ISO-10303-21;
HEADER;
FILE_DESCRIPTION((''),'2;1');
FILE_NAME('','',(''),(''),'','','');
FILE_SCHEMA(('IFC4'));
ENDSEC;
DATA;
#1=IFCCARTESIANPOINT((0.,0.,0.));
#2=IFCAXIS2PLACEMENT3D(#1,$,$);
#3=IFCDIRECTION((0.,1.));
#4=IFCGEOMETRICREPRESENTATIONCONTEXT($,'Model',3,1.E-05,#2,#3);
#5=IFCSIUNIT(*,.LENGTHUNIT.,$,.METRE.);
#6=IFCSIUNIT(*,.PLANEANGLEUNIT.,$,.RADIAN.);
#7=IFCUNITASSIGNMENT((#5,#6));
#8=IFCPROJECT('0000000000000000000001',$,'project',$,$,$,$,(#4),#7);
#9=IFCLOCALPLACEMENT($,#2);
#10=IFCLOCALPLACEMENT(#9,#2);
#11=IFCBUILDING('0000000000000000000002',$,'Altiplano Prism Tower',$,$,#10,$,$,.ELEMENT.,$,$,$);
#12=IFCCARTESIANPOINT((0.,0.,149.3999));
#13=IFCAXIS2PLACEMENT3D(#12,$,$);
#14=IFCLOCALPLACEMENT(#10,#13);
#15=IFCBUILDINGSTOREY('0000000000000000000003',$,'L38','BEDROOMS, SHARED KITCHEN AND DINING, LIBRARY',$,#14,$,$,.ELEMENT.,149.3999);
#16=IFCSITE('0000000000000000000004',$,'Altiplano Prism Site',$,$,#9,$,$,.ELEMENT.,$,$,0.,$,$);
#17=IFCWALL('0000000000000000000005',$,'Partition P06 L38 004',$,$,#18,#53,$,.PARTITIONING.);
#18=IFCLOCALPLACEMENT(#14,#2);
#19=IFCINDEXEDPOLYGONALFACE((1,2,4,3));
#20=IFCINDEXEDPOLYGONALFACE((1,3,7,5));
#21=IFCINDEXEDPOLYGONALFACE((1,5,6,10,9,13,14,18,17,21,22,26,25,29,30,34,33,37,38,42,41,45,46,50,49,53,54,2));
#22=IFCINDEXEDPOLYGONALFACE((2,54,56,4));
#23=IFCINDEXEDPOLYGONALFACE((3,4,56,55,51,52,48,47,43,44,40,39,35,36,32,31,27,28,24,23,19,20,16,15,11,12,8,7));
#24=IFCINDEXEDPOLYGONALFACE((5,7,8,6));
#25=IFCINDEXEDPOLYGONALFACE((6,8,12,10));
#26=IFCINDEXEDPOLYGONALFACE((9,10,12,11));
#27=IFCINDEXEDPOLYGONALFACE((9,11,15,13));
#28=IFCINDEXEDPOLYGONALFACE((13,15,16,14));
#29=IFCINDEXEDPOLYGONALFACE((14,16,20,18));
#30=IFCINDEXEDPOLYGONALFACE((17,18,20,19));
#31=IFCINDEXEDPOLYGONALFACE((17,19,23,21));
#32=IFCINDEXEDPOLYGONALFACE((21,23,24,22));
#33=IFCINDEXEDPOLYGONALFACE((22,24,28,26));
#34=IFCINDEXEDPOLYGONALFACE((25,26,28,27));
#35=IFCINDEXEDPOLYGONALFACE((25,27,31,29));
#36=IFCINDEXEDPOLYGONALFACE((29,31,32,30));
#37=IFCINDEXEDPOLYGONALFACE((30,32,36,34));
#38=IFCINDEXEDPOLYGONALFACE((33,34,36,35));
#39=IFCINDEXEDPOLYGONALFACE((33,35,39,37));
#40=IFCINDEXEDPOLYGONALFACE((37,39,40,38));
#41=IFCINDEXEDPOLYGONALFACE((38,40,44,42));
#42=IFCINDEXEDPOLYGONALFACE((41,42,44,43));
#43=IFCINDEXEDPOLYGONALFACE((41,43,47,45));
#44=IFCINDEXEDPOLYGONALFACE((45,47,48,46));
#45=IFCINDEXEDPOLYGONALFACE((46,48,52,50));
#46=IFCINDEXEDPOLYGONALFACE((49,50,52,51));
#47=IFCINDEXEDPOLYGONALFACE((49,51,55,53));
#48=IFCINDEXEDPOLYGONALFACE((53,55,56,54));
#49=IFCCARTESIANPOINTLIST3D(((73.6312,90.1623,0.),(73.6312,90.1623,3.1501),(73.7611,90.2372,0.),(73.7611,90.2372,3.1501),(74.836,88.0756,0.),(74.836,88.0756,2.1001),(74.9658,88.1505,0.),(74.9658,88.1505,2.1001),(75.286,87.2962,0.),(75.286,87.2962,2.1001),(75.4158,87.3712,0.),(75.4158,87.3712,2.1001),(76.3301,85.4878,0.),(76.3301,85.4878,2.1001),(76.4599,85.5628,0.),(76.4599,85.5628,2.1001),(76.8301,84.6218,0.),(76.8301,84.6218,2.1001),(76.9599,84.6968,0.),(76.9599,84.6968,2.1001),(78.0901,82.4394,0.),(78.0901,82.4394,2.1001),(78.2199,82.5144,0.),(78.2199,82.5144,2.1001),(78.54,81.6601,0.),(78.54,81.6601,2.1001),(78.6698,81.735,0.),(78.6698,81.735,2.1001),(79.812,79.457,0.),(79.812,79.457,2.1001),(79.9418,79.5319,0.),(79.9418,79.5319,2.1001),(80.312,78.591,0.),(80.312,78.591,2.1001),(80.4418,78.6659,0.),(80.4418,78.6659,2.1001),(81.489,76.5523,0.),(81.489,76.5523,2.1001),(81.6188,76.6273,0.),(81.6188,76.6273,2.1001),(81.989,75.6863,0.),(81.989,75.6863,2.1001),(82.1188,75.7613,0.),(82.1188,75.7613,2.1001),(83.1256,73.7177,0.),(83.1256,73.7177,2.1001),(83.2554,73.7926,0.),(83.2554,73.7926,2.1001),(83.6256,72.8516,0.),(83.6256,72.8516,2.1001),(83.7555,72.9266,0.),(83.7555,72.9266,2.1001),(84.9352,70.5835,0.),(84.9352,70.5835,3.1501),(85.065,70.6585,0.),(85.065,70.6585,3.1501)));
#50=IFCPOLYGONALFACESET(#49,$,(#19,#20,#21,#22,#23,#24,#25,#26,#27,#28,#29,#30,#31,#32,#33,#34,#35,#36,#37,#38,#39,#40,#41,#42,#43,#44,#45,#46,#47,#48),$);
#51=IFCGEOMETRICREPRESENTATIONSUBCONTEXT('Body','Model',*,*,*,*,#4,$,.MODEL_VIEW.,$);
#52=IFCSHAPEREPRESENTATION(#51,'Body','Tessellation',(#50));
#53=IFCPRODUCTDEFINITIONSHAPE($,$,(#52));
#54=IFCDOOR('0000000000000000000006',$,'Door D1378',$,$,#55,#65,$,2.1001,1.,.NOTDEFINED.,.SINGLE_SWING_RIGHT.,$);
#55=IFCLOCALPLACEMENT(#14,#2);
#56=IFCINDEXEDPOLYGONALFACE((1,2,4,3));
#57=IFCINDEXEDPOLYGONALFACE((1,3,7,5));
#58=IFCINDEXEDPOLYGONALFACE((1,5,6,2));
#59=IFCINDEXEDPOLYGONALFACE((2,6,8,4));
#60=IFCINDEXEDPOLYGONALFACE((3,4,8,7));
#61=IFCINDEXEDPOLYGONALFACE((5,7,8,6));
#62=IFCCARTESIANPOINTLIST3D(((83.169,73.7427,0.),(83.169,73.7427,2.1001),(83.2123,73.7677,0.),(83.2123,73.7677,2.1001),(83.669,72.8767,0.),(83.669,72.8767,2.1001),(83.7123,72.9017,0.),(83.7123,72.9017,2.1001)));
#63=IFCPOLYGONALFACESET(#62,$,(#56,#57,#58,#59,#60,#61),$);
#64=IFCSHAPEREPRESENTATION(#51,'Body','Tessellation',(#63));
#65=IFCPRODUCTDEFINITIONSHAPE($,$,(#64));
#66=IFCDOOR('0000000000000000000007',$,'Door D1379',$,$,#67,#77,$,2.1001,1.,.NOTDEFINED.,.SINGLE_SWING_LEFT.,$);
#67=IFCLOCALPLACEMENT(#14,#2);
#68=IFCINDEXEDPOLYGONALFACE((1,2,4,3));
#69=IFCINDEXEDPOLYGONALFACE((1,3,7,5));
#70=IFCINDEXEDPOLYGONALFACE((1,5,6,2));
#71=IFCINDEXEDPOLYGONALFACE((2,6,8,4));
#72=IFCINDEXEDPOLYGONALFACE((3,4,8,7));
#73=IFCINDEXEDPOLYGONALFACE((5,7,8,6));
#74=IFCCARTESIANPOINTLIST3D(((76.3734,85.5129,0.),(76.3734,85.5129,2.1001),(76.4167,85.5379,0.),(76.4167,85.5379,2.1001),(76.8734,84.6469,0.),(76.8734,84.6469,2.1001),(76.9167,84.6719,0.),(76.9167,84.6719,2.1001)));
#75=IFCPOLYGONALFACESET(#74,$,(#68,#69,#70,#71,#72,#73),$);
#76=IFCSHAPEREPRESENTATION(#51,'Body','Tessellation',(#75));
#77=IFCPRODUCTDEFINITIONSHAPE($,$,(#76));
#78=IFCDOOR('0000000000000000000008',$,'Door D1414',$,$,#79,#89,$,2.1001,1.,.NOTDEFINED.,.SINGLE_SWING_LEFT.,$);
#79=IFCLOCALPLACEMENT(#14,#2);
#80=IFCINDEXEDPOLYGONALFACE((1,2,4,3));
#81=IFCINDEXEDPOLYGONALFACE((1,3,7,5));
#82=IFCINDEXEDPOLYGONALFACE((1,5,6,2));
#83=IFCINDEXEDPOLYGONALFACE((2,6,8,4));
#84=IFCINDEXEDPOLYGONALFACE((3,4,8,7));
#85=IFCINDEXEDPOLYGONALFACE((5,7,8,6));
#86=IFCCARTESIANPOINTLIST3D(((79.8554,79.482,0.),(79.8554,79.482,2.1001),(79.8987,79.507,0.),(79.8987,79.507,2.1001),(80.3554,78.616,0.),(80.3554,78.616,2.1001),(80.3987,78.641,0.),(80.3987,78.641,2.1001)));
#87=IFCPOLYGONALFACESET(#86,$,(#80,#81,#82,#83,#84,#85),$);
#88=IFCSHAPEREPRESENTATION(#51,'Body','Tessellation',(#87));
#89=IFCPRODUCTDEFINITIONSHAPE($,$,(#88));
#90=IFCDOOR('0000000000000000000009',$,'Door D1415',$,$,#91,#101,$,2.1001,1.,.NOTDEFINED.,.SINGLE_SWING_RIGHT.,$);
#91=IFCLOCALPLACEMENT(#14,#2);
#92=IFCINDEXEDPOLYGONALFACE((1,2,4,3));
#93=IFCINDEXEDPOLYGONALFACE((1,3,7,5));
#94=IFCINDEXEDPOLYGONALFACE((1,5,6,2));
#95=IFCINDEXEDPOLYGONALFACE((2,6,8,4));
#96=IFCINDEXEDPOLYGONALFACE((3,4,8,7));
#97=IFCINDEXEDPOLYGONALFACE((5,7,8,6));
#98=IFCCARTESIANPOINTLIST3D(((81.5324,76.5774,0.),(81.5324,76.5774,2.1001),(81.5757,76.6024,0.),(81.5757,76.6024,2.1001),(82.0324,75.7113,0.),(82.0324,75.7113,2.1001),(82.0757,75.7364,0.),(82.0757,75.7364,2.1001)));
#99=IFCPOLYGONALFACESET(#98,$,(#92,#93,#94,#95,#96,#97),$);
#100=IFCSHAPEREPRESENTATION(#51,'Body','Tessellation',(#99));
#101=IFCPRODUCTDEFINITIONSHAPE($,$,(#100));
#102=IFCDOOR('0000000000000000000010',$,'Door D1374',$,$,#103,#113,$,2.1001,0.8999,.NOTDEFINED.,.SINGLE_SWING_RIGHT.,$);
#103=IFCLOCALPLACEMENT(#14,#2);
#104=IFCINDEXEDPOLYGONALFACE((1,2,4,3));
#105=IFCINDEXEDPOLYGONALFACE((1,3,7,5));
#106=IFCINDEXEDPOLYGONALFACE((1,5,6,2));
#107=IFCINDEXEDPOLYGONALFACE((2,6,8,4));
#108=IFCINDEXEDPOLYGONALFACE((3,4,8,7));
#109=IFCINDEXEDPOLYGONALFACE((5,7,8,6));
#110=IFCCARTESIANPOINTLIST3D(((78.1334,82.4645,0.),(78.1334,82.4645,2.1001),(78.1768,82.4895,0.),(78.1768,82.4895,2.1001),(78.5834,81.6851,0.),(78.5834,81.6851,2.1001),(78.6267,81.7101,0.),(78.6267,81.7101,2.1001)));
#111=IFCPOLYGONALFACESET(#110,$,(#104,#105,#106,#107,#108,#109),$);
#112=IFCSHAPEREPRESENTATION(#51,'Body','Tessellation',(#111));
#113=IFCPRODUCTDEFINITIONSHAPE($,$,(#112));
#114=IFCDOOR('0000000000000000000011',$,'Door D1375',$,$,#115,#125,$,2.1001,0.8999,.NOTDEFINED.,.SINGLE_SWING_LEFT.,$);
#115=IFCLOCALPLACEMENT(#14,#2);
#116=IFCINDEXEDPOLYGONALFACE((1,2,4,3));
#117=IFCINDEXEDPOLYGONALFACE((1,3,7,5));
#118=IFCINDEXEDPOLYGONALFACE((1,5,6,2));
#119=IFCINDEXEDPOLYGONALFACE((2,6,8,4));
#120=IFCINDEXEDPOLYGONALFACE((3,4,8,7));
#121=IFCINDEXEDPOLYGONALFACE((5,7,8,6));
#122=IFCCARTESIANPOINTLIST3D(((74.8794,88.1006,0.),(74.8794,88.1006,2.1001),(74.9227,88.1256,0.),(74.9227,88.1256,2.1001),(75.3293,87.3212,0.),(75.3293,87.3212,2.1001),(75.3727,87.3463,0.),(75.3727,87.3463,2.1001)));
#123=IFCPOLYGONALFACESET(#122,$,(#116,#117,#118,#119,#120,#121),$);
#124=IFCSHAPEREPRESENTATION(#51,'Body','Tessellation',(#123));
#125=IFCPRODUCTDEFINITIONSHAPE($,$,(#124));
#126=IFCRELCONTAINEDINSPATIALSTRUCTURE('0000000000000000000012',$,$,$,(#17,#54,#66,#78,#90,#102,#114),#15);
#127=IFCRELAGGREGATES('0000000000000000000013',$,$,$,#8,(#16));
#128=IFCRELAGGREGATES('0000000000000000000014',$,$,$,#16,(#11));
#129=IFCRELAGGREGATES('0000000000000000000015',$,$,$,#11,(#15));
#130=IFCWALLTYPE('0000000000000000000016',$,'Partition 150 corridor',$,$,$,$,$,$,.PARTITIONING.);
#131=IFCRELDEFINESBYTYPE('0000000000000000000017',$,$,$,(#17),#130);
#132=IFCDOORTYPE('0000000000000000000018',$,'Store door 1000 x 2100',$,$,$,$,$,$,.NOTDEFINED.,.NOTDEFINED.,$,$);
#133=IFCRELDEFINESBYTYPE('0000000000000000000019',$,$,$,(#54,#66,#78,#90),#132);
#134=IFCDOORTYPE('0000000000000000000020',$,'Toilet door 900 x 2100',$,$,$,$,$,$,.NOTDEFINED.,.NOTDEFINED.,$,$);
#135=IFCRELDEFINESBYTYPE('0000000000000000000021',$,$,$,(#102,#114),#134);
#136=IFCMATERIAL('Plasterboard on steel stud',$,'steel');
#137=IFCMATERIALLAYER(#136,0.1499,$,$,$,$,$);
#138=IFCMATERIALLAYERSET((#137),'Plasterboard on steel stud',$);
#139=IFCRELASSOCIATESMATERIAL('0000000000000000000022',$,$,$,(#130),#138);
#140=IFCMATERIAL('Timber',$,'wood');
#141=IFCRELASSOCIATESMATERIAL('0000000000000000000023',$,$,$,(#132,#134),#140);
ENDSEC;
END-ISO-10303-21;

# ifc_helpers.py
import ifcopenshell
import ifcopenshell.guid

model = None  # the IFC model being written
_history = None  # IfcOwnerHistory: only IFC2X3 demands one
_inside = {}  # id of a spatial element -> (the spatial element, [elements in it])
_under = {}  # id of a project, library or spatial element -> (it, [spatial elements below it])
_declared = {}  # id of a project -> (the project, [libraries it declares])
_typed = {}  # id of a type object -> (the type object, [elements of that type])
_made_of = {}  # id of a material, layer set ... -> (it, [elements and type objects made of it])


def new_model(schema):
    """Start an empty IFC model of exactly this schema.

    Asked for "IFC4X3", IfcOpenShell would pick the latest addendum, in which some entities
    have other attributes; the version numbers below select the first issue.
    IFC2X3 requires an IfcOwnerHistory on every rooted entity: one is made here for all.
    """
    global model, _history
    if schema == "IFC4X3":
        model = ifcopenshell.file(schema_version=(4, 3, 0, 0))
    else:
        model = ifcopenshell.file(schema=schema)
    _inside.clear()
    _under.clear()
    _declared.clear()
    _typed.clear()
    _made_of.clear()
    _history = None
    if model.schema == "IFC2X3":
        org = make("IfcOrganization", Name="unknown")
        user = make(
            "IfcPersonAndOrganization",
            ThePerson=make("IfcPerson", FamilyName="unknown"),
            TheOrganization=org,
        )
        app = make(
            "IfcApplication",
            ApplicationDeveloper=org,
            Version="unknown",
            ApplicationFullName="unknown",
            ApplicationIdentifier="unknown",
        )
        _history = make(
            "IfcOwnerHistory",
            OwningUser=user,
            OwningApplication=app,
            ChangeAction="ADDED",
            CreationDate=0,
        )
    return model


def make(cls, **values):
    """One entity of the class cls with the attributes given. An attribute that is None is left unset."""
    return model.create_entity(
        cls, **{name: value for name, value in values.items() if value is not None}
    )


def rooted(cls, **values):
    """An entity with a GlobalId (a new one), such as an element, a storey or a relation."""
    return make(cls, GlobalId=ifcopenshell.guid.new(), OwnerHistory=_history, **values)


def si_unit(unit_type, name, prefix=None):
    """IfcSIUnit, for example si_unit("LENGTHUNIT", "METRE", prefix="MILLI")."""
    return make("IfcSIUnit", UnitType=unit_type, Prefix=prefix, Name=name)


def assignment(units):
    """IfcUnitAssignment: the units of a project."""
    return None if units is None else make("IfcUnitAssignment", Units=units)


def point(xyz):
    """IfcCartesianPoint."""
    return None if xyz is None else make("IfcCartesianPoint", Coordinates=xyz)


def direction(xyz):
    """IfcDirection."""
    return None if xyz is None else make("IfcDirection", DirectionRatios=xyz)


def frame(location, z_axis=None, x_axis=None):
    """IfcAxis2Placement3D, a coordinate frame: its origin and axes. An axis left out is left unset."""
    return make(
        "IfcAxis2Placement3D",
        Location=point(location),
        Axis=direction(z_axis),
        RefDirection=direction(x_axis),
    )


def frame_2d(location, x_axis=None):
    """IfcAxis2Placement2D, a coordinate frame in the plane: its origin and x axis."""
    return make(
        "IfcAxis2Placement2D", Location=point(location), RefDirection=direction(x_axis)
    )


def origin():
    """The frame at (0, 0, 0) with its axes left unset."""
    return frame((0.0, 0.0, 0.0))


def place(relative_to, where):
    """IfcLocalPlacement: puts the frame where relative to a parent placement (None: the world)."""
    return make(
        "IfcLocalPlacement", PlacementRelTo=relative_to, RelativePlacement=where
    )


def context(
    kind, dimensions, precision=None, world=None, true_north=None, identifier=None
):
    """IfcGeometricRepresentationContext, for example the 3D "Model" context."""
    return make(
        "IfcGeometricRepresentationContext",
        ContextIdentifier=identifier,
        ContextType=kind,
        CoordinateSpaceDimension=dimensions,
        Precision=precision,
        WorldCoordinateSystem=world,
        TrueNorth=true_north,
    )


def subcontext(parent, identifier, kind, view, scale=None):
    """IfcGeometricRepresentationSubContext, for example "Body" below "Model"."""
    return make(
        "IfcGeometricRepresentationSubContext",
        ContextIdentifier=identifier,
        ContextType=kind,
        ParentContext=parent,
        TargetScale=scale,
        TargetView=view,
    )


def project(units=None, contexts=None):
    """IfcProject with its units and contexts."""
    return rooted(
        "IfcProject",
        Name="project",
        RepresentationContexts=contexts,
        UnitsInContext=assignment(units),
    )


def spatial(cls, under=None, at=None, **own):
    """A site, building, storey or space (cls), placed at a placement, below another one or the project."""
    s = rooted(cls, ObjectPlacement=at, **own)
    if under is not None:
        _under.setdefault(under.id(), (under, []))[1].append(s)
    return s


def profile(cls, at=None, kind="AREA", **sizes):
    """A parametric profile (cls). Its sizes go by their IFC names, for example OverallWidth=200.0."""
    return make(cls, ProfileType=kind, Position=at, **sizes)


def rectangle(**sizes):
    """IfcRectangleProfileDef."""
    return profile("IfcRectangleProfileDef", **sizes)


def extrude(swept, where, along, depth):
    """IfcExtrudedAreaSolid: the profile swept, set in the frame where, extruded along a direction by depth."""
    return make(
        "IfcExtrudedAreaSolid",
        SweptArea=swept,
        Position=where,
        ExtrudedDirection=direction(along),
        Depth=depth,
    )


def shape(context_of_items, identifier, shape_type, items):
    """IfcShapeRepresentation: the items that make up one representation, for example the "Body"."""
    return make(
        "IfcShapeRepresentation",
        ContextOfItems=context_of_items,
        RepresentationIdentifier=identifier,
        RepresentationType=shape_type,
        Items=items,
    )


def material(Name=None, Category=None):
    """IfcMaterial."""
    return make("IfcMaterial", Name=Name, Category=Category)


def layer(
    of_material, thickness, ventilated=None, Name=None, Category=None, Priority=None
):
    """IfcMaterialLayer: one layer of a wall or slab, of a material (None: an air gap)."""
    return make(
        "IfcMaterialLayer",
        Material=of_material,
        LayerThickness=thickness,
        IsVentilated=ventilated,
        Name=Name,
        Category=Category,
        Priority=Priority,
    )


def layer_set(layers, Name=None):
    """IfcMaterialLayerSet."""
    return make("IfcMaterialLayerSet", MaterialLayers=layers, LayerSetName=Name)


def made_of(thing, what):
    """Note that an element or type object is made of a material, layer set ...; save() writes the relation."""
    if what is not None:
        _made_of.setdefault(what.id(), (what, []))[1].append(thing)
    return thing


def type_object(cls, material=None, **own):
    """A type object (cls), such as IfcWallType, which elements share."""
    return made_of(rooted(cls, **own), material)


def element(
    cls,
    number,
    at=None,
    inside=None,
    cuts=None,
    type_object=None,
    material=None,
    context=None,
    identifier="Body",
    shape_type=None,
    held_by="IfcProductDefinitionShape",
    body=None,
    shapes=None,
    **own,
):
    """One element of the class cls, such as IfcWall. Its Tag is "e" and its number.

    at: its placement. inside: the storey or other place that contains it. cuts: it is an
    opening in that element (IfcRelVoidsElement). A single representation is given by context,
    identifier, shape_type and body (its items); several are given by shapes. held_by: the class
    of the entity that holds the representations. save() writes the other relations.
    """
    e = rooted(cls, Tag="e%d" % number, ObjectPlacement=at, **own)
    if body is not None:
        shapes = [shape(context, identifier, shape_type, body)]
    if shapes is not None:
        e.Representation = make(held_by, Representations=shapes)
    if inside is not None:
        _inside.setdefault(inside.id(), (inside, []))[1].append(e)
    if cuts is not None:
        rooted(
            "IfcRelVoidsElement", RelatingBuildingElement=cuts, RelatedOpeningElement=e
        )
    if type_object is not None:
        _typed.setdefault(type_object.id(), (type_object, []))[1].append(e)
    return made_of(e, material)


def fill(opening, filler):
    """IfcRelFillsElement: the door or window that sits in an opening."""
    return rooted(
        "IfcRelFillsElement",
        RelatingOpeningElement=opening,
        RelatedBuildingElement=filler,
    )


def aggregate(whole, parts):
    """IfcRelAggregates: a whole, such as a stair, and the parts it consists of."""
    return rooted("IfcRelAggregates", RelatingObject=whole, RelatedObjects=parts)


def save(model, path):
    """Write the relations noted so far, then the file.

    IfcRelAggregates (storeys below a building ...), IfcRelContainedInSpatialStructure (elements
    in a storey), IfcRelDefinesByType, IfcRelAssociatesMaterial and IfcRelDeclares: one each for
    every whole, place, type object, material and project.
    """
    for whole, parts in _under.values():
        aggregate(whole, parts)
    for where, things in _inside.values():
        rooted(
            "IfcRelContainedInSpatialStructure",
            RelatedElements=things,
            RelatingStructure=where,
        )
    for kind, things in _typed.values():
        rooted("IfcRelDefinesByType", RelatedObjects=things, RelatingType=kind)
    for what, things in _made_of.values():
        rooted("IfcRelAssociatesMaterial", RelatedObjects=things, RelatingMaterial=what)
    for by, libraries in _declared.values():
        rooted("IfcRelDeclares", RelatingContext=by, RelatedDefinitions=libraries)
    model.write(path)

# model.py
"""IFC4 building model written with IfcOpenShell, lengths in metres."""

from ifc_helpers import new_model, si_unit, direction, frame, frame_2d, origin, place, context, subcontext, project, spatial, rectangle, extrude, material, layer, layer_set, type_object, element, fill, save


model = new_model("IFC4")

# Units and contexts
model_context = context("Model", 3, precision=1e-05, world=origin(), true_north=direction((0.0, 1.0)))
body_context = subcontext(model_context, "Body", "Model", "MODEL_VIEW")
ifc_project = project(units=[si_unit("LENGTHUNIT", "METRE"), si_unit("PLANEANGLEUNIT", "RADIAN")], contexts=[model_context])

# Site, building, storey
site_placement = place(None, origin())
site = spatial("IfcSite", under=ifc_project, at=site_placement, Name="Altiplano Prism Site", CompositionType="ELEMENT", RefElevation=0.0)
building_placement = place(site_placement, origin())
building = spatial("IfcBuilding", under=site, at=building_placement, Name="Altiplano Prism Tower", CompositionType="ELEMENT")
storey_placement = place(building_placement, frame((0.0, 0.0, 149.3999)))
storey = spatial("IfcBuildingStorey", under=building, at=storey_placement, Name="L38", Description="BEDROOMS, SHARED KITCHEN AND DINING, LIBRARY", CompositionType="ELEMENT", Elevation=149.3999)

# Wall, openings, doors
ifc_material_1 = material(Name="Plasterboard on steel stud", Category="steel")
ifc_layer = layer(ifc_material_1, 0.1499)
ifc_layer_set = layer_set([ifc_layer], Name="Plasterboard on steel stud")
wall_type = type_object("IfcWallType", Name="Partition 150 corridor", PredefinedType="PARTITIONING", material=ifc_layer_set)
wall_placement = place(storey_placement, frame((85.0, 70.6211, 0.0), z_axis=(0.0, 0.0, 1.0), x_axis=(-0.500003, 0.866024, 0.0)))
wall = element("IfcWall", 1, at=wall_placement, inside=storey, type_object=wall_type, Name="Partition P06 L38 004", PredefinedType="PARTITIONING", context=body_context, shape_type="SweptSolid", body=[
    extrude(rectangle(XDim=22.6077, YDim=0.1499, at=frame_2d((11.3037, 0.0))), origin(), (0.0, 0.0, 1.0), 3.1501),
])
opening_1_placement = place(wall_placement, frame((12.79, 0.0, 0.0)))
opening_1 = element("IfcOpeningElement", 2, at=opening_1_placement, cuts=wall, PredefinedType="OPENING", context=body_context, shape_type="SweptSolid", body=[
    extrude(rectangle(XDim=0.8999, YDim=2.1001, at=frame_2d((0.45, 1.05))), frame((0.0, 0.0854, 0.0), z_axis=(0.0, -1.0, 0.0), x_axis=(1.0, 0.0, 0.0)), (0.0, 0.0, 1.0), 0.1709),
])
opening_2_placement = place(wall_placement, frame((19.2981, 0.0, 0.0)))
opening_2 = element("IfcOpeningElement", 3, at=opening_2_placement, cuts=wall, PredefinedType="OPENING", context=body_context, shape_type="SweptSolid", body=[
    extrude(rectangle(XDim=0.8999, YDim=2.1001, at=frame_2d((0.45, 1.05))), frame((0.0, 0.0854, 0.0), z_axis=(0.0, -1.0, 0.0), x_axis=(1.0, 0.0, 0.0)), (0.0, 0.0, 1.0), 0.1709),
])
opening_3_placement = place(wall_placement, frame((2.6189, 0.0, 0.0)))
opening_3 = element("IfcOpeningElement", 4, at=opening_3_placement, cuts=wall, PredefinedType="OPENING", context=body_context, shape_type="SweptSolid", body=[
    extrude(rectangle(XDim=1.0, YDim=2.1001, at=frame_2d((0.5, 1.05))), frame((0.0, 0.0854, 0.0), z_axis=(0.0, -1.0, 0.0), x_axis=(1.0, 0.0, 0.0)), (0.0, 0.0, 1.0), 0.1709),
])
opening_4_placement = place(wall_placement, frame((16.21, 0.0, 0.0)))
opening_4 = element("IfcOpeningElement", 5, at=opening_4_placement, cuts=wall, PredefinedType="OPENING", context=body_context, shape_type="SweptSolid", body=[
    extrude(rectangle(XDim=1.0, YDim=2.1001, at=frame_2d((0.5, 1.05))), frame((0.0, 0.0854, 0.0), z_axis=(0.0, -1.0, 0.0), x_axis=(1.0, 0.0, 0.0)), (0.0, 0.0, 1.0), 0.1709),
])
opening_5_placement = place(wall_placement, frame((9.2461, 0.0, 0.0)))
opening_5 = element("IfcOpeningElement", 6, at=opening_5_placement, cuts=wall, PredefinedType="OPENING", context=body_context, shape_type="SweptSolid", body=[
    extrude(rectangle(XDim=1.0, YDim=2.1001, at=frame_2d((0.5, 1.05))), frame((0.0, 0.0854, 0.0), z_axis=(0.0, -1.0, 0.0), x_axis=(1.0, 0.0, 0.0)), (0.0, 0.0, 1.0), 0.1709),
])
opening_6_placement = place(wall_placement, frame((5.8921, 0.0, 0.0)))
opening_6 = element("IfcOpeningElement", 7, at=opening_6_placement, cuts=wall, PredefinedType="OPENING", context=body_context, shape_type="SweptSolid", body=[
    extrude(rectangle(XDim=1.0, YDim=2.1001, at=frame_2d((0.5, 1.05))), frame((0.0, 0.0854, 0.0), z_axis=(0.0, -1.0, 0.0), x_axis=(1.0, 0.0, 0.0)), (0.0, 0.0, 1.0), 0.1709),
])
ifc_material_2 = material(Name="Timber", Category="wood")
door_type_1 = type_object("IfcDoorType", Name="Store door 1000 x 2100", OperationType="NOTDEFINED", PredefinedType="NOTDEFINED", material=ifc_material_2)
door_1_placement = place(opening_3_placement, origin())
door_1 = element("IfcDoor", 8, at=door_1_placement, inside=storey, type_object=door_type_1, Name="Door D1378", OperationType="SINGLE_SWING_RIGHT", OverallHeight=2.1001, OverallWidth=1.0, PredefinedType="NOTDEFINED", context=body_context, shape_type="SweptSolid", body=[
    extrude(rectangle(XDim=1.0, YDim=2.1001, at=frame_2d((0.5, 1.05))), frame((0.0, 0.0249, 0.0), z_axis=(0.0, -1.0, 0.0), x_axis=(1.0, 0.0, 0.0)), (0.0, 0.0, 1.0), 0.05),
])
fill(opening_3, door_1)
door_2_placement = place(opening_4_placement, origin())
door_2 = element("IfcDoor", 9, at=door_2_placement, inside=storey, type_object=door_type_1, Name="Door D1379", OperationType="SINGLE_SWING_LEFT", OverallHeight=2.1001, OverallWidth=1.0, PredefinedType="NOTDEFINED", context=body_context, shape_type="SweptSolid", body=[
    extrude(rectangle(XDim=1.0, YDim=2.1001, at=frame_2d((0.5, 1.05))), frame((0.0, 0.0249, 0.0), z_axis=(0.0, -1.0, 0.0), x_axis=(1.0, 0.0, 0.0)), (0.0, 0.0, 1.0), 0.05),
])
fill(opening_4, door_2)
door_3_placement = place(opening_5_placement, origin())
door_3 = element("IfcDoor", 10, at=door_3_placement, inside=storey, type_object=door_type_1, Name="Door D1414", OperationType="SINGLE_SWING_LEFT", OverallHeight=2.1001, OverallWidth=1.0, PredefinedType="NOTDEFINED", context=body_context, shape_type="SweptSolid", body=[
    extrude(rectangle(XDim=1.0, YDim=2.1001, at=frame_2d((0.5, 1.05))), frame((0.0, 0.0249, 0.0), z_axis=(0.0, -1.0, 0.0), x_axis=(1.0, 0.0, 0.0)), (0.0, 0.0, 1.0), 0.05),
])
fill(opening_5, door_3)
door_4_placement = place(opening_6_placement, origin())
door_4 = element("IfcDoor", 11, at=door_4_placement, inside=storey, type_object=door_type_1, Name="Door D1415", OperationType="SINGLE_SWING_RIGHT", OverallHeight=2.1001, OverallWidth=1.0, PredefinedType="NOTDEFINED", context=body_context, shape_type="SweptSolid", body=[
    extrude(rectangle(XDim=1.0, YDim=2.1001, at=frame_2d((0.5, 1.05))), frame((0.0, 0.0249, 0.0), z_axis=(0.0, -1.0, 0.0), x_axis=(1.0, 0.0, 0.0)), (0.0, 0.0, 1.0), 0.05),
])
fill(opening_6, door_4)
door_type_2 = type_object("IfcDoorType", Name="Toilet door 900 x 2100", OperationType="NOTDEFINED", PredefinedType="NOTDEFINED", material=ifc_material_2)
door_5_placement = place(opening_1_placement, origin())
door_5 = element("IfcDoor", 12, at=door_5_placement, inside=storey, type_object=door_type_2, Name="Door D1374", OperationType="SINGLE_SWING_RIGHT", OverallHeight=2.1001, OverallWidth=0.8999, PredefinedType="NOTDEFINED", context=body_context, shape_type="SweptSolid", body=[
    extrude(rectangle(XDim=0.8999, YDim=2.1001, at=frame_2d((0.45, 1.05))), frame((0.0, 0.0249, 0.0), z_axis=(0.0, -1.0, 0.0), x_axis=(1.0, 0.0, 0.0)), (0.0, 0.0, 1.0), 0.05),
])
fill(opening_1, door_5)
door_6_placement = place(opening_2_placement, origin())
door_6 = element("IfcDoor", 13, at=door_6_placement, inside=storey, type_object=door_type_2, Name="Door D1375", OperationType="SINGLE_SWING_LEFT", OverallHeight=2.1001, OverallWidth=0.8999, PredefinedType="NOTDEFINED", context=body_context, shape_type="SweptSolid", body=[
    extrude(rectangle(XDim=0.8999, YDim=2.1001, at=frame_2d((0.45, 1.05))), frame((0.0, 0.0249, 0.0), z_axis=(0.0, -1.0, 0.0), x_axis=(1.0, 0.0, 0.0)), (0.0, 0.0, 1.0), 0.05),
])
fill(opening_2, door_6)

save(model, "model.ifc")
